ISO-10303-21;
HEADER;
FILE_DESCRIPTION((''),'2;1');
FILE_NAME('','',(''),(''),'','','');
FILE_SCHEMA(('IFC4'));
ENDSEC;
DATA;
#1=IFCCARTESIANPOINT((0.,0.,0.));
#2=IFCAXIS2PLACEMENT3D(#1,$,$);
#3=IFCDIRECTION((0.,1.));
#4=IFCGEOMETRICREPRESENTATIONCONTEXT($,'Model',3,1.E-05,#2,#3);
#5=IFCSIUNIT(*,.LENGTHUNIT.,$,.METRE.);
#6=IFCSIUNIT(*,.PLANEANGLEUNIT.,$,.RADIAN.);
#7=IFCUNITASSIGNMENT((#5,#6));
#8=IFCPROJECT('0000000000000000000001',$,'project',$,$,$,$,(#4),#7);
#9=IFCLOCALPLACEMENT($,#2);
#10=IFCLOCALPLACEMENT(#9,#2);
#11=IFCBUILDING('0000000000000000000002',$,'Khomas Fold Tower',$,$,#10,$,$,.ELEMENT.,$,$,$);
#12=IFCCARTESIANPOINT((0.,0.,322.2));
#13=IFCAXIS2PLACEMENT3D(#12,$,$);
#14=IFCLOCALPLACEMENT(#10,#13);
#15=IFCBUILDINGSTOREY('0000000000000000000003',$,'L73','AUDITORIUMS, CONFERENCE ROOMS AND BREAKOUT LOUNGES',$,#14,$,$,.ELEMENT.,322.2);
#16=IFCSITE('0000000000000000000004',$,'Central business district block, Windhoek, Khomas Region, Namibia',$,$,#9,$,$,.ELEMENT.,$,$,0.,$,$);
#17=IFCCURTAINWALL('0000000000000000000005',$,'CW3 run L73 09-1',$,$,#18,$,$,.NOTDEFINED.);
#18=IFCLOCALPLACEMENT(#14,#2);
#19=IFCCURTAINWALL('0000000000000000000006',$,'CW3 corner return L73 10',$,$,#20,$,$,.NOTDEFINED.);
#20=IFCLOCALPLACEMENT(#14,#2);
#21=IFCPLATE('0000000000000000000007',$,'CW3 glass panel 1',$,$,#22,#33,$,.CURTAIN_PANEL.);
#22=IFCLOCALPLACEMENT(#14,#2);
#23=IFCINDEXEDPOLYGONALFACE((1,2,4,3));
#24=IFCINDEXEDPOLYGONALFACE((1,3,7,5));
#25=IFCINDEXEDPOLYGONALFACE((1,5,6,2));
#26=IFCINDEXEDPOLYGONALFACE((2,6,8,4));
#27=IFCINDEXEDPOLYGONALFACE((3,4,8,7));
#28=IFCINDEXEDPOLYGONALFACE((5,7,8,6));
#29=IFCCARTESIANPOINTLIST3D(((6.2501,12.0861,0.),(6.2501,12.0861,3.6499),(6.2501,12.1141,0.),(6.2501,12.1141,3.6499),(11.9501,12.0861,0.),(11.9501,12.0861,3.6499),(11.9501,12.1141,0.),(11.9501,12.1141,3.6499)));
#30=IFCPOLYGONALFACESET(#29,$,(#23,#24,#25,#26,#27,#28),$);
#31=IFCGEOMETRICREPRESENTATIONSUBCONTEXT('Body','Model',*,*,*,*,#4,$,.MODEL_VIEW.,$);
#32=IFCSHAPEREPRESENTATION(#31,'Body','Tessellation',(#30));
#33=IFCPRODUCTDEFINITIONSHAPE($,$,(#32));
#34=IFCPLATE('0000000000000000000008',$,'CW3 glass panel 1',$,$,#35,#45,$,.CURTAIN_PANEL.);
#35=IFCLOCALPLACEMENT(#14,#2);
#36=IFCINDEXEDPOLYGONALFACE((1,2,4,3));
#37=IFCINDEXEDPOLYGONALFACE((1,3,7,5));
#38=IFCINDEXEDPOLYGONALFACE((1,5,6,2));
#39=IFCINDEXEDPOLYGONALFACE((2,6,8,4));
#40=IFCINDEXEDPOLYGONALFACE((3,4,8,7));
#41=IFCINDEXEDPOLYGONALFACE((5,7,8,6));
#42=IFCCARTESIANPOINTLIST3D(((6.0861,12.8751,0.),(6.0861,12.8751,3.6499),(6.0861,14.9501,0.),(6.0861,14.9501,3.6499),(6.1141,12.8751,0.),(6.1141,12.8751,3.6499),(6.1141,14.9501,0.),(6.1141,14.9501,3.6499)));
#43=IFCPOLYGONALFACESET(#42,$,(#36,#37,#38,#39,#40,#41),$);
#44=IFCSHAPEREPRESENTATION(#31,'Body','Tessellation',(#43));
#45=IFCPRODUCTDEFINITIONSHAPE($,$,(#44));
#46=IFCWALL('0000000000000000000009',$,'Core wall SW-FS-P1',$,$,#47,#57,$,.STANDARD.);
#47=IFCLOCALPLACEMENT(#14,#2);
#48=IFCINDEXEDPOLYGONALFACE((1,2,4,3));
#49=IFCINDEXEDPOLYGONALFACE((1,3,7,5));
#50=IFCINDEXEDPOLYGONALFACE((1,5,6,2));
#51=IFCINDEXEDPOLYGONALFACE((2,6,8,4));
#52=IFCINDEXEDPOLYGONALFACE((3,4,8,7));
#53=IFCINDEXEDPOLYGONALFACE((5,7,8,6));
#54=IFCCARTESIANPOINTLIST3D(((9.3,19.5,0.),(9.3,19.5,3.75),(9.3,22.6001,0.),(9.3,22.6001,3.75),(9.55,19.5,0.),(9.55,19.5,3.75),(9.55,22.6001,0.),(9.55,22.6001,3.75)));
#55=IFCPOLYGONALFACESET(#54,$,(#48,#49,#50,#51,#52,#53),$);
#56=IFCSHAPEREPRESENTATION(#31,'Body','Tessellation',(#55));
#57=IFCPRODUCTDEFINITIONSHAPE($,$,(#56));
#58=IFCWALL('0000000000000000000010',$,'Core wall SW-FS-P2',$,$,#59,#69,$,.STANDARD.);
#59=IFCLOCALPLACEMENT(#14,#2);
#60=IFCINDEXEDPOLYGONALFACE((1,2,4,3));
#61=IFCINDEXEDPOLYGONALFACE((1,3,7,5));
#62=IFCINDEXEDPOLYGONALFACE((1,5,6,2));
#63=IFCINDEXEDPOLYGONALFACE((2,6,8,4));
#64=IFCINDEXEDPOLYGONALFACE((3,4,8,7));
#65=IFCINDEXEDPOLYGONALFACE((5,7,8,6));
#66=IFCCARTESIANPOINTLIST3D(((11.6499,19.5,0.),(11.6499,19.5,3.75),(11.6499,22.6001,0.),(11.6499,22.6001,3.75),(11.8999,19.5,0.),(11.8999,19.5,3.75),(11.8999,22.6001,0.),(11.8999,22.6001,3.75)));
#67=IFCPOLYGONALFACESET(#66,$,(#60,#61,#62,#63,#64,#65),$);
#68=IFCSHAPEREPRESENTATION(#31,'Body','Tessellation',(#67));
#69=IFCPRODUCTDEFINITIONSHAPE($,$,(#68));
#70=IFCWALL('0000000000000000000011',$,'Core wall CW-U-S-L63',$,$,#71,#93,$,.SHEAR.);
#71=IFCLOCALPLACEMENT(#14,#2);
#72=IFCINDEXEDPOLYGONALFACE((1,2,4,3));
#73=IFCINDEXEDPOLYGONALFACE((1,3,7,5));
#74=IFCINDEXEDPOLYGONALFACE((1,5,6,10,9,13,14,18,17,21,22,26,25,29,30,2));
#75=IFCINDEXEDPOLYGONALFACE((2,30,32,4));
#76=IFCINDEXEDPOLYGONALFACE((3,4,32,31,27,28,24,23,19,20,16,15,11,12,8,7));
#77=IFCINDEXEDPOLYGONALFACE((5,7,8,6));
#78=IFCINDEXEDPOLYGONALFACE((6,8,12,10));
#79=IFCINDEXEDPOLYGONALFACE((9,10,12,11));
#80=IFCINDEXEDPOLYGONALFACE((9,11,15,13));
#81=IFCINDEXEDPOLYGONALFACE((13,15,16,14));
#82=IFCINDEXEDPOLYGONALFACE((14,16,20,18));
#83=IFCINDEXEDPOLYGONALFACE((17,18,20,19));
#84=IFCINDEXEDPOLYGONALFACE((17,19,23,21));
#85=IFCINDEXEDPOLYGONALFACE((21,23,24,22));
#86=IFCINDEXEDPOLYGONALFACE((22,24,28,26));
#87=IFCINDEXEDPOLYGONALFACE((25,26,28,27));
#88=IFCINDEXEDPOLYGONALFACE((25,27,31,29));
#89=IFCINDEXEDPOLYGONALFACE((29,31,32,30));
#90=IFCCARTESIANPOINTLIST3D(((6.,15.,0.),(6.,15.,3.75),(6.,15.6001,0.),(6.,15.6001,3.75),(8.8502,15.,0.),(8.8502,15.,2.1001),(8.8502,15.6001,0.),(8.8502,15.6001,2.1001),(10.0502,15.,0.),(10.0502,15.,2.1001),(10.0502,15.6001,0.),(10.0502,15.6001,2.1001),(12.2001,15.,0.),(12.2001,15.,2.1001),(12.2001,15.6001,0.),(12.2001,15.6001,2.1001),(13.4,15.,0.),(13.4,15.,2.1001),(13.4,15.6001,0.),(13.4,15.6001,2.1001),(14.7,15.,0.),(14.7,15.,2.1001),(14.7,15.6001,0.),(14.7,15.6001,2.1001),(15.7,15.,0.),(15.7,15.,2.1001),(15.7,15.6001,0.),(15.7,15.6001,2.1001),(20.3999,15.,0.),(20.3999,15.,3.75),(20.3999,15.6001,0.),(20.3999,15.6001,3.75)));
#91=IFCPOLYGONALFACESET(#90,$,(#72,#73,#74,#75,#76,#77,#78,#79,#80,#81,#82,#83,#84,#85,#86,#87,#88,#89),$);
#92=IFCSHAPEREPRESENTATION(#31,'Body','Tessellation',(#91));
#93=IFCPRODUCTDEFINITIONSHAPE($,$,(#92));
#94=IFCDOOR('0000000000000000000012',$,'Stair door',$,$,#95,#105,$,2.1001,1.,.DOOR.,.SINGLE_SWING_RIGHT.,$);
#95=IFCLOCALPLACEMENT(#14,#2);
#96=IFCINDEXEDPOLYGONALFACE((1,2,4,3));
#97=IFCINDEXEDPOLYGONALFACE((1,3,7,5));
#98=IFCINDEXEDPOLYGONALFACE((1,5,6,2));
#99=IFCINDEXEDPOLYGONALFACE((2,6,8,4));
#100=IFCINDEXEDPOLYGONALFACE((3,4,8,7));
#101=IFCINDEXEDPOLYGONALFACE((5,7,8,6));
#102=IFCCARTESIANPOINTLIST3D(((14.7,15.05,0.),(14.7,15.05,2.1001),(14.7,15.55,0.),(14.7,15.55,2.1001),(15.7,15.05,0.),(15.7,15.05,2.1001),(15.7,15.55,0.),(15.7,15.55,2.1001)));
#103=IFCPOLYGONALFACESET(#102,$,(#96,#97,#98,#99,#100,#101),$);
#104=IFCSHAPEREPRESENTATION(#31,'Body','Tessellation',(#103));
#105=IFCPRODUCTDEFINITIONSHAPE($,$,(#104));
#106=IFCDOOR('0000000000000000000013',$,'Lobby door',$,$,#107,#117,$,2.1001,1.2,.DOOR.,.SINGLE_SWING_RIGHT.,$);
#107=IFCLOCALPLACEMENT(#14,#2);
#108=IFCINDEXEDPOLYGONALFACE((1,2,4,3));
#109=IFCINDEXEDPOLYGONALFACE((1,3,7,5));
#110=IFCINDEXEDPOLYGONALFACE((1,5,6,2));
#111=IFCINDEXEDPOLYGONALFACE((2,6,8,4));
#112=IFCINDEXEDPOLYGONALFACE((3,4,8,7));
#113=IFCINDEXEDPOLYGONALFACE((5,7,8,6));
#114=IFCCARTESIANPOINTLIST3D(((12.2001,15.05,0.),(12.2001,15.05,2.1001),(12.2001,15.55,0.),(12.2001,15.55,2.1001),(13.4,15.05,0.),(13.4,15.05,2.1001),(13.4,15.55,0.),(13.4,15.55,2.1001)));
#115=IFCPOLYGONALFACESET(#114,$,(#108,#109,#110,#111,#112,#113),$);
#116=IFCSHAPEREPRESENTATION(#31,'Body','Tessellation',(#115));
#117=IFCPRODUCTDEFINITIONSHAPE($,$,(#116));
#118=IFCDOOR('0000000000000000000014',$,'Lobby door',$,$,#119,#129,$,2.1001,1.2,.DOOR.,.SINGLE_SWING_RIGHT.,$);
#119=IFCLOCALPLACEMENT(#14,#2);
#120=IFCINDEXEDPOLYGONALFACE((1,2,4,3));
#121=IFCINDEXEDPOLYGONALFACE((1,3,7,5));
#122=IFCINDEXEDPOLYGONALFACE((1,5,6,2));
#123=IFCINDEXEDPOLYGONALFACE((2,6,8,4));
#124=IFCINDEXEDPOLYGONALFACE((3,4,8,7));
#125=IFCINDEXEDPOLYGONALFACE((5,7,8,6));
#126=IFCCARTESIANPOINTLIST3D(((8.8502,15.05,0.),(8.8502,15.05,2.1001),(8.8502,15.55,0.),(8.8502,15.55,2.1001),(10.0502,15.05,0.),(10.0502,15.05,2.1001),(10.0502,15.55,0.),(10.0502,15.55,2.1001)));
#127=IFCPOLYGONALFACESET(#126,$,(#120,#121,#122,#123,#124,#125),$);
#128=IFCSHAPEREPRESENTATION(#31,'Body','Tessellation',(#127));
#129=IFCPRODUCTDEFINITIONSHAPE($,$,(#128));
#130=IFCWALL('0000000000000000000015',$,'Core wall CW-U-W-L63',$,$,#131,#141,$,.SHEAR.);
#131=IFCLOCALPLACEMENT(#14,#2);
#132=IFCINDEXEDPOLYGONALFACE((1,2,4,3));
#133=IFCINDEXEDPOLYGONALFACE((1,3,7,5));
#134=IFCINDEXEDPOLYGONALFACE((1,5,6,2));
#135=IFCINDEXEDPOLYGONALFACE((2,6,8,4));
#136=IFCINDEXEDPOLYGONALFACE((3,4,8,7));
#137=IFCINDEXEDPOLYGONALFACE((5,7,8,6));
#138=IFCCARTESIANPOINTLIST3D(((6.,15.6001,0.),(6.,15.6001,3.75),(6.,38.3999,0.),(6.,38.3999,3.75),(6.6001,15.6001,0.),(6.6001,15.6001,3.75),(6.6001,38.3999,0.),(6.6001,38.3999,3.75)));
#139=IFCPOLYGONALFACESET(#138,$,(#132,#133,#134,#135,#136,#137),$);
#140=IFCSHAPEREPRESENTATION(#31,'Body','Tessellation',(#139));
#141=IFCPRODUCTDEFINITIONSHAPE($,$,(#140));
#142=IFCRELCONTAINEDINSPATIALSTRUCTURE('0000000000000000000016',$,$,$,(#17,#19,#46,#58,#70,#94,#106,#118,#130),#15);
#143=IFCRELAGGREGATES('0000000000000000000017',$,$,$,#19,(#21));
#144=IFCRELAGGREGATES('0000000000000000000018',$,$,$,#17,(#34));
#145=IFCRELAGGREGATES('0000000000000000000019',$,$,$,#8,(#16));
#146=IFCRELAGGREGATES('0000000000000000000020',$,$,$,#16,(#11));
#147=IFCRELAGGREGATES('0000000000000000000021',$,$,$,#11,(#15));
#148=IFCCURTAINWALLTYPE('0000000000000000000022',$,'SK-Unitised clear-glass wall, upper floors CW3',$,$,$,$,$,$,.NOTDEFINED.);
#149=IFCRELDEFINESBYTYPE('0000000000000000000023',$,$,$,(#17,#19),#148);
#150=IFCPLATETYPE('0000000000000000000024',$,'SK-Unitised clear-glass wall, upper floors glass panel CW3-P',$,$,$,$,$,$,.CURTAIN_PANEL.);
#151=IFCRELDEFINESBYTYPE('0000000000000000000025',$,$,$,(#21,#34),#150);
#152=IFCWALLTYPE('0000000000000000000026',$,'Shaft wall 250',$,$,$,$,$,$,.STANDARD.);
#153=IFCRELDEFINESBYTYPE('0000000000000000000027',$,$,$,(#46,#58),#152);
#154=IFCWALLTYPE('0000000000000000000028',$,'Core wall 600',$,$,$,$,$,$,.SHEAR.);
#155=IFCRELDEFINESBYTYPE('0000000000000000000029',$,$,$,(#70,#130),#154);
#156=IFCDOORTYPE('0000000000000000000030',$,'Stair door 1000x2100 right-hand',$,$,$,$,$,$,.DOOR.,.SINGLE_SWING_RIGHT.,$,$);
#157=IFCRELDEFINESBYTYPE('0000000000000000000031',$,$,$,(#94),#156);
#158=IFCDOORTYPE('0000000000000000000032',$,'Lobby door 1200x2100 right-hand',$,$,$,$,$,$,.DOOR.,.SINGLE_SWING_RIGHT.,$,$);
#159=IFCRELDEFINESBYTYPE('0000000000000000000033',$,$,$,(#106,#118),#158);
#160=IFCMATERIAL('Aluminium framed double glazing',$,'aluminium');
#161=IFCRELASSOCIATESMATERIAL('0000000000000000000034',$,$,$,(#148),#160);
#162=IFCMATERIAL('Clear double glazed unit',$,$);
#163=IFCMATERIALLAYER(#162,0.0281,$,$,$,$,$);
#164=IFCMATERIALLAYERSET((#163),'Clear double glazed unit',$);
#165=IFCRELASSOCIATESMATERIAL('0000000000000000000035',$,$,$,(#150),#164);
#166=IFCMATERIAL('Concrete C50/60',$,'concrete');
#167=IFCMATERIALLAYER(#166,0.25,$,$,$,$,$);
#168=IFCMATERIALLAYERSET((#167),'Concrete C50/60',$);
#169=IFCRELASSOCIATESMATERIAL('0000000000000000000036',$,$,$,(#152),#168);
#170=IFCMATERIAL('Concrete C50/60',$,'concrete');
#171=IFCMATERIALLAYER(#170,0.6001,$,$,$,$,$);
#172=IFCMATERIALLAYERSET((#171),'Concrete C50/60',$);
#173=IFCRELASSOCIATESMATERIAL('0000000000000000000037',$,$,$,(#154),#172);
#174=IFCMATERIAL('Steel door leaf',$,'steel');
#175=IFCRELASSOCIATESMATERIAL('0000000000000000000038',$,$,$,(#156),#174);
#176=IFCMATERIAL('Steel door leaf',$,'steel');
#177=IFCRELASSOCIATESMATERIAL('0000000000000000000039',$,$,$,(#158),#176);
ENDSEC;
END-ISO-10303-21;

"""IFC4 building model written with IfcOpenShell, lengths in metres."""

from ifc_helpers import new_model, si_unit, direction, frame, frame_2d, origin, origin_2d, place, context, subcontext, project, spatial, rectangle, extrude, source, transform, mapped, material, layer, layer_set, type_object, element, fill, aggregate, save


model = new_model("IFC4")

# Units and contexts
model_context = context("Model", 3, precision=1e-05, world=origin(), true_north=direction((0.0, 1.0)))
body_context = subcontext(model_context, "Body", "Model", "MODEL_VIEW")
ifc_project = project(units=[si_unit("LENGTHUNIT", "METRE"), si_unit("PLANEANGLEUNIT", "RADIAN")], contexts=[model_context])

# Site, building, storey
site_placement = place(None, origin())
site = spatial("IfcSite", under=ifc_project, at=site_placement, Name="Central business district block, Windhoek, Khomas Region, Namibia", CompositionType="ELEMENT", RefElevation=0.0)
building_placement = place(site_placement, origin())
building = spatial("IfcBuilding", under=site, at=building_placement, Name="Khomas Fold Tower", CompositionType="ELEMENT")
storey_placement = place(building_placement, frame((0.0, 0.0, 322.2)))
storey = spatial("IfcBuildingStorey", under=building, at=storey_placement, Name="L73", Description="AUDITORIUMS, CONFERENCE ROOMS AND BREAKOUT LOUNGES", CompositionType="ELEMENT", Elevation=322.2)

# Curtain wall
ifc_material_1 = material(Name="Aluminium framed double glazing", Category="aluminium")
curtain_wall_type = type_object("IfcCurtainWallType", Name="SK-Unitised clear-glass wall, upper floors CW3", PredefinedType="NOTDEFINED", material=ifc_material_1)
curtain_wall_1_placement = place(storey_placement, origin())
curtain_wall_1 = element("IfcCurtainWall", 1, at=curtain_wall_1_placement, inside=storey, type_object=curtain_wall_type, Name="CW3 run L73 09-1", PredefinedType="NOTDEFINED")

# Curtain wall
curtain_wall_2_placement = place(storey_placement, origin())
curtain_wall_2 = element("IfcCurtainWall", 2, at=curtain_wall_2_placement, inside=storey, type_object=curtain_wall_type, Name="CW3 corner return L73 10", PredefinedType="NOTDEFINED")

# Plates
ifc_material_2 = material(Name="Clear double glazed unit")
ifc_layer_1 = layer(ifc_material_2, 0.0281)
ifc_layer_set_1 = layer_set([ifc_layer_1], Name="Clear double glazed unit")
plate_type = type_object("IfcPlateType", Name="SK-Unitised clear-glass wall, upper floors glass panel CW3-P", PredefinedType="CURTAIN_PANEL", material=ifc_layer_set_1)
shared_shape_1 = source(origin(), body_context, "Body", "SweptSolid", [
    extrude(rectangle(XDim=5.7, YDim=0.0281, at=origin_2d()), origin(), (0.0, 0.0, 1.0), 3.6499),
])
plate_1_placement = place(storey_placement, frame((9.1001, 12.1001, 0.0), z_axis=(0.0, 0.0, 1.0), x_axis=(1.0, 0.0, 0.0)))
plate_1 = element("IfcPlate", 3, at=plate_1_placement, type_object=plate_type, Name="CW3 glass panel 1", PredefinedType="CURTAIN_PANEL", context=body_context, shape_type="MappedRepresentation", body=[
    mapped(shared_shape_1, transform((0.0, 0.0, 0.0))),
])
aggregate(curtain_wall_2, [plate_1])
shared_shape_2 = source(origin(), body_context, "Body", "SweptSolid", [
    extrude(rectangle(XDim=2.075, YDim=0.0281, at=origin_2d()), origin(), (0.0, 0.0, 1.0), 3.6499),
])
plate_2_placement = place(storey_placement, frame((6.1001, 13.9126, 0.0), z_axis=(0.0, 0.0, 1.0), x_axis=(0.0, -1.0, 0.0)))
plate_2 = element("IfcPlate", 4, at=plate_2_placement, type_object=plate_type, Name="CW3 glass panel 1", PredefinedType="CURTAIN_PANEL", context=body_context, shape_type="MappedRepresentation", body=[
    mapped(shared_shape_2, transform((0.0, 0.0, 0.0))),
])
aggregate(curtain_wall_1, [plate_2])

# Walls
ifc_material_3 = material(Name="Concrete C50/60", Category="concrete")
ifc_layer_2 = layer(ifc_material_3, 0.25)
ifc_layer_set_2 = layer_set([ifc_layer_2], Name="Concrete C50/60")
wall_type_1 = type_object("IfcWallType", Name="Shaft wall 250", PredefinedType="STANDARD", material=ifc_layer_set_2)
shared_shape_3 = source(origin(), body_context, "Body", "SweptSolid", [
    extrude(rectangle(XDim=3.1001, YDim=0.25, at=frame_2d((1.55, 0.0))), origin(), (0.0, 0.0, 1.0), 3.75),
])
for number, where, z_axis, x_axis, name in (
    (5, (9.425, 19.5, 0.0), (0.0, 0.0, 1.0), (0.0, 1.0, 0.0), "Core wall SW-FS-P1"),
    (6, (11.7749, 19.5, 0.0), (0.0, 0.0, 1.0), (0.0, 1.0, 0.0), "Core wall SW-FS-P2"),
):
    element("IfcWall", number, at=place(storey_placement, frame(where, z_axis=z_axis, x_axis=x_axis)), inside=storey, type_object=wall_type_1, Name=name, PredefinedType="STANDARD", context=body_context, shape_type="MappedRepresentation", body=[
        mapped(shared_shape_3, transform((0.0, 0.0, 0.0))),
    ])

# Wall, openings, doors
ifc_material_4 = material(Name="Concrete C50/60", Category="concrete")
ifc_layer_3 = layer(ifc_material_4, 0.6001)
ifc_layer_set_3 = layer_set([ifc_layer_3], Name="Concrete C50/60")
wall_type_2 = type_object("IfcWallType", Name="Core wall 600", PredefinedType="SHEAR", material=ifc_layer_set_3)
shared_shape_4 = source(origin(), body_context, "Body", "SweptSolid", [
    extrude(rectangle(XDim=14.3999, YDim=0.6001, at=frame_2d((7.2, 0.0))), origin(), (0.0, 0.0, 1.0), 3.75),
])
wall_1_placement = place(storey_placement, frame((6.0, 15.3, 0.0), z_axis=(0.0, 0.0, 1.0), x_axis=(1.0, 0.0, 0.0)))
wall_1 = element("IfcWall", 7, at=wall_1_placement, inside=storey, type_object=wall_type_2, Name="Core wall CW-U-S-L63", PredefinedType="SHEAR", context=body_context, shape_type="MappedRepresentation", body=[
    mapped(shared_shape_4, transform((0.0, 0.0, 0.0))),
])
shared_shape_5 = source(origin(), body_context, "Body", "SweptSolid", [
    extrude(rectangle(XDim=1.2, YDim=2.1001, at=frame_2d((0.6001, 1.05))), frame((0.0, 0.3101, 0.0), z_axis=(0.0, -1.0, 0.0), x_axis=(1.0, 0.0, 0.0)), (0.0, 0.0, 1.0), 0.6201),
])
opening_1_placement = place(wall_1_placement, frame((6.2, 0.0, 0.0)))
opening_1 = element("IfcOpeningElement", 8, at=opening_1_placement, cuts=wall_1, PredefinedType="OPENING", context=body_context, shape_type="MappedRepresentation", body=[
    mapped(shared_shape_5, transform((0.0, 0.0, 0.0))),
])
opening_2_placement = place(wall_1_placement, frame((2.8501, 0.0, 0.0)))
opening_2 = element("IfcOpeningElement", 9, at=opening_2_placement, cuts=wall_1, PredefinedType="OPENING", context=body_context, shape_type="MappedRepresentation", body=[
    mapped(shared_shape_5, transform((0.0, 0.0, 0.0))),
])
shared_shape_6 = source(origin(), body_context, "Body", "SweptSolid", [
    extrude(rectangle(XDim=1.0, YDim=2.1001, at=frame_2d((0.5, 1.05))), frame((0.0, 0.3101, 0.0), z_axis=(0.0, -1.0, 0.0), x_axis=(1.0, 0.0, 0.0)), (0.0, 0.0, 1.0), 0.6201),
])
opening_3_placement = place(wall_1_placement, frame((8.7, 0.0, 0.0)))
opening_3 = element("IfcOpeningElement", 10, at=opening_3_placement, cuts=wall_1, PredefinedType="OPENING", context=body_context, shape_type="MappedRepresentation", body=[
    mapped(shared_shape_6, transform((0.0, 0.0, 0.0))),
])
ifc_material_5 = material(Name="Steel door leaf", Category="steel")
door_type_1 = type_object("IfcDoorType", Name="Stair door 1000x2100 right-hand", OperationType="SINGLE_SWING_RIGHT", PredefinedType="DOOR", material=ifc_material_5)
shared_shape_7 = source(origin(), body_context, "Body", "SweptSolid", [
    extrude(rectangle(XDim=1.0, YDim=2.1001, at=frame_2d((0.5, 1.05))), frame((0.0, 0.25, 0.0), z_axis=(0.0, -1.0, 0.0), x_axis=(1.0, 0.0, 0.0)), (0.0, 0.0, 1.0), 0.5),
])
door_1_placement = place(opening_3_placement, origin())
door_1 = element("IfcDoor", 11, at=door_1_placement, inside=storey, type_object=door_type_1, Name="Stair door", OperationType="SINGLE_SWING_RIGHT", OverallHeight=2.1001, OverallWidth=1.0, PredefinedType="DOOR", context=body_context, shape_type="MappedRepresentation", body=[
    mapped(shared_shape_7, transform((0.0, 0.0, 0.0))),
])
fill(opening_3, door_1)
ifc_material_6 = material(Name="Steel door leaf", Category="steel")
door_type_2 = type_object("IfcDoorType", Name="Lobby door 1200x2100 right-hand", OperationType="SINGLE_SWING_RIGHT", PredefinedType="DOOR", material=ifc_material_6)
shared_shape_8 = source(origin(), body_context, "Body", "SweptSolid", [
    extrude(rectangle(XDim=1.2, YDim=2.1001, at=frame_2d((0.6001, 1.05))), frame((0.0, 0.25, 0.0), z_axis=(0.0, -1.0, 0.0), x_axis=(1.0, 0.0, 0.0)), (0.0, 0.0, 1.0), 0.5),
])
door_2_placement = place(opening_1_placement, origin())
door_2 = element("IfcDoor", 12, at=door_2_placement, inside=storey, type_object=door_type_2, Name="Lobby door", OperationType="SINGLE_SWING_RIGHT", OverallHeight=2.1001, OverallWidth=1.2, PredefinedType="DOOR", context=body_context, shape_type="MappedRepresentation", body=[
    mapped(shared_shape_8, transform((0.0, 0.0, 0.0))),
])
fill(opening_1, door_2)
door_3_placement = place(opening_2_placement, origin())
door_3 = element("IfcDoor", 13, at=door_3_placement, inside=storey, type_object=door_type_2, Name="Lobby door", OperationType="SINGLE_SWING_RIGHT", OverallHeight=2.1001, OverallWidth=1.2, PredefinedType="DOOR", context=body_context, shape_type="MappedRepresentation", body=[
    mapped(shared_shape_8, transform((0.0, 0.0, 0.0))),
])
fill(opening_2, door_3)

# Wall
shared_shape_9 = source(origin(), body_context, "Body", "SweptSolid", [
    extrude(rectangle(XDim=22.7998, YDim=0.6001, at=frame_2d((11.3999, 0.0))), origin(), (0.0, 0.0, 1.0), 3.75),
])
wall_2_placement = place(storey_placement, frame((6.3, 15.6001, 0.0), z_axis=(0.0, 0.0, 1.0), x_axis=(0.0, 1.0, 0.0)))
element("IfcWall", 14, at=wall_2_placement, inside=storey, type_object=wall_type_2, Name="Core wall CW-U-W-L63", PredefinedType="SHEAR", context=body_context, shape_type="MappedRepresentation", body=[
    mapped(shared_shape_9, transform((0.0, 0.0, 0.0))),
])

save(model, "model.ifc")
